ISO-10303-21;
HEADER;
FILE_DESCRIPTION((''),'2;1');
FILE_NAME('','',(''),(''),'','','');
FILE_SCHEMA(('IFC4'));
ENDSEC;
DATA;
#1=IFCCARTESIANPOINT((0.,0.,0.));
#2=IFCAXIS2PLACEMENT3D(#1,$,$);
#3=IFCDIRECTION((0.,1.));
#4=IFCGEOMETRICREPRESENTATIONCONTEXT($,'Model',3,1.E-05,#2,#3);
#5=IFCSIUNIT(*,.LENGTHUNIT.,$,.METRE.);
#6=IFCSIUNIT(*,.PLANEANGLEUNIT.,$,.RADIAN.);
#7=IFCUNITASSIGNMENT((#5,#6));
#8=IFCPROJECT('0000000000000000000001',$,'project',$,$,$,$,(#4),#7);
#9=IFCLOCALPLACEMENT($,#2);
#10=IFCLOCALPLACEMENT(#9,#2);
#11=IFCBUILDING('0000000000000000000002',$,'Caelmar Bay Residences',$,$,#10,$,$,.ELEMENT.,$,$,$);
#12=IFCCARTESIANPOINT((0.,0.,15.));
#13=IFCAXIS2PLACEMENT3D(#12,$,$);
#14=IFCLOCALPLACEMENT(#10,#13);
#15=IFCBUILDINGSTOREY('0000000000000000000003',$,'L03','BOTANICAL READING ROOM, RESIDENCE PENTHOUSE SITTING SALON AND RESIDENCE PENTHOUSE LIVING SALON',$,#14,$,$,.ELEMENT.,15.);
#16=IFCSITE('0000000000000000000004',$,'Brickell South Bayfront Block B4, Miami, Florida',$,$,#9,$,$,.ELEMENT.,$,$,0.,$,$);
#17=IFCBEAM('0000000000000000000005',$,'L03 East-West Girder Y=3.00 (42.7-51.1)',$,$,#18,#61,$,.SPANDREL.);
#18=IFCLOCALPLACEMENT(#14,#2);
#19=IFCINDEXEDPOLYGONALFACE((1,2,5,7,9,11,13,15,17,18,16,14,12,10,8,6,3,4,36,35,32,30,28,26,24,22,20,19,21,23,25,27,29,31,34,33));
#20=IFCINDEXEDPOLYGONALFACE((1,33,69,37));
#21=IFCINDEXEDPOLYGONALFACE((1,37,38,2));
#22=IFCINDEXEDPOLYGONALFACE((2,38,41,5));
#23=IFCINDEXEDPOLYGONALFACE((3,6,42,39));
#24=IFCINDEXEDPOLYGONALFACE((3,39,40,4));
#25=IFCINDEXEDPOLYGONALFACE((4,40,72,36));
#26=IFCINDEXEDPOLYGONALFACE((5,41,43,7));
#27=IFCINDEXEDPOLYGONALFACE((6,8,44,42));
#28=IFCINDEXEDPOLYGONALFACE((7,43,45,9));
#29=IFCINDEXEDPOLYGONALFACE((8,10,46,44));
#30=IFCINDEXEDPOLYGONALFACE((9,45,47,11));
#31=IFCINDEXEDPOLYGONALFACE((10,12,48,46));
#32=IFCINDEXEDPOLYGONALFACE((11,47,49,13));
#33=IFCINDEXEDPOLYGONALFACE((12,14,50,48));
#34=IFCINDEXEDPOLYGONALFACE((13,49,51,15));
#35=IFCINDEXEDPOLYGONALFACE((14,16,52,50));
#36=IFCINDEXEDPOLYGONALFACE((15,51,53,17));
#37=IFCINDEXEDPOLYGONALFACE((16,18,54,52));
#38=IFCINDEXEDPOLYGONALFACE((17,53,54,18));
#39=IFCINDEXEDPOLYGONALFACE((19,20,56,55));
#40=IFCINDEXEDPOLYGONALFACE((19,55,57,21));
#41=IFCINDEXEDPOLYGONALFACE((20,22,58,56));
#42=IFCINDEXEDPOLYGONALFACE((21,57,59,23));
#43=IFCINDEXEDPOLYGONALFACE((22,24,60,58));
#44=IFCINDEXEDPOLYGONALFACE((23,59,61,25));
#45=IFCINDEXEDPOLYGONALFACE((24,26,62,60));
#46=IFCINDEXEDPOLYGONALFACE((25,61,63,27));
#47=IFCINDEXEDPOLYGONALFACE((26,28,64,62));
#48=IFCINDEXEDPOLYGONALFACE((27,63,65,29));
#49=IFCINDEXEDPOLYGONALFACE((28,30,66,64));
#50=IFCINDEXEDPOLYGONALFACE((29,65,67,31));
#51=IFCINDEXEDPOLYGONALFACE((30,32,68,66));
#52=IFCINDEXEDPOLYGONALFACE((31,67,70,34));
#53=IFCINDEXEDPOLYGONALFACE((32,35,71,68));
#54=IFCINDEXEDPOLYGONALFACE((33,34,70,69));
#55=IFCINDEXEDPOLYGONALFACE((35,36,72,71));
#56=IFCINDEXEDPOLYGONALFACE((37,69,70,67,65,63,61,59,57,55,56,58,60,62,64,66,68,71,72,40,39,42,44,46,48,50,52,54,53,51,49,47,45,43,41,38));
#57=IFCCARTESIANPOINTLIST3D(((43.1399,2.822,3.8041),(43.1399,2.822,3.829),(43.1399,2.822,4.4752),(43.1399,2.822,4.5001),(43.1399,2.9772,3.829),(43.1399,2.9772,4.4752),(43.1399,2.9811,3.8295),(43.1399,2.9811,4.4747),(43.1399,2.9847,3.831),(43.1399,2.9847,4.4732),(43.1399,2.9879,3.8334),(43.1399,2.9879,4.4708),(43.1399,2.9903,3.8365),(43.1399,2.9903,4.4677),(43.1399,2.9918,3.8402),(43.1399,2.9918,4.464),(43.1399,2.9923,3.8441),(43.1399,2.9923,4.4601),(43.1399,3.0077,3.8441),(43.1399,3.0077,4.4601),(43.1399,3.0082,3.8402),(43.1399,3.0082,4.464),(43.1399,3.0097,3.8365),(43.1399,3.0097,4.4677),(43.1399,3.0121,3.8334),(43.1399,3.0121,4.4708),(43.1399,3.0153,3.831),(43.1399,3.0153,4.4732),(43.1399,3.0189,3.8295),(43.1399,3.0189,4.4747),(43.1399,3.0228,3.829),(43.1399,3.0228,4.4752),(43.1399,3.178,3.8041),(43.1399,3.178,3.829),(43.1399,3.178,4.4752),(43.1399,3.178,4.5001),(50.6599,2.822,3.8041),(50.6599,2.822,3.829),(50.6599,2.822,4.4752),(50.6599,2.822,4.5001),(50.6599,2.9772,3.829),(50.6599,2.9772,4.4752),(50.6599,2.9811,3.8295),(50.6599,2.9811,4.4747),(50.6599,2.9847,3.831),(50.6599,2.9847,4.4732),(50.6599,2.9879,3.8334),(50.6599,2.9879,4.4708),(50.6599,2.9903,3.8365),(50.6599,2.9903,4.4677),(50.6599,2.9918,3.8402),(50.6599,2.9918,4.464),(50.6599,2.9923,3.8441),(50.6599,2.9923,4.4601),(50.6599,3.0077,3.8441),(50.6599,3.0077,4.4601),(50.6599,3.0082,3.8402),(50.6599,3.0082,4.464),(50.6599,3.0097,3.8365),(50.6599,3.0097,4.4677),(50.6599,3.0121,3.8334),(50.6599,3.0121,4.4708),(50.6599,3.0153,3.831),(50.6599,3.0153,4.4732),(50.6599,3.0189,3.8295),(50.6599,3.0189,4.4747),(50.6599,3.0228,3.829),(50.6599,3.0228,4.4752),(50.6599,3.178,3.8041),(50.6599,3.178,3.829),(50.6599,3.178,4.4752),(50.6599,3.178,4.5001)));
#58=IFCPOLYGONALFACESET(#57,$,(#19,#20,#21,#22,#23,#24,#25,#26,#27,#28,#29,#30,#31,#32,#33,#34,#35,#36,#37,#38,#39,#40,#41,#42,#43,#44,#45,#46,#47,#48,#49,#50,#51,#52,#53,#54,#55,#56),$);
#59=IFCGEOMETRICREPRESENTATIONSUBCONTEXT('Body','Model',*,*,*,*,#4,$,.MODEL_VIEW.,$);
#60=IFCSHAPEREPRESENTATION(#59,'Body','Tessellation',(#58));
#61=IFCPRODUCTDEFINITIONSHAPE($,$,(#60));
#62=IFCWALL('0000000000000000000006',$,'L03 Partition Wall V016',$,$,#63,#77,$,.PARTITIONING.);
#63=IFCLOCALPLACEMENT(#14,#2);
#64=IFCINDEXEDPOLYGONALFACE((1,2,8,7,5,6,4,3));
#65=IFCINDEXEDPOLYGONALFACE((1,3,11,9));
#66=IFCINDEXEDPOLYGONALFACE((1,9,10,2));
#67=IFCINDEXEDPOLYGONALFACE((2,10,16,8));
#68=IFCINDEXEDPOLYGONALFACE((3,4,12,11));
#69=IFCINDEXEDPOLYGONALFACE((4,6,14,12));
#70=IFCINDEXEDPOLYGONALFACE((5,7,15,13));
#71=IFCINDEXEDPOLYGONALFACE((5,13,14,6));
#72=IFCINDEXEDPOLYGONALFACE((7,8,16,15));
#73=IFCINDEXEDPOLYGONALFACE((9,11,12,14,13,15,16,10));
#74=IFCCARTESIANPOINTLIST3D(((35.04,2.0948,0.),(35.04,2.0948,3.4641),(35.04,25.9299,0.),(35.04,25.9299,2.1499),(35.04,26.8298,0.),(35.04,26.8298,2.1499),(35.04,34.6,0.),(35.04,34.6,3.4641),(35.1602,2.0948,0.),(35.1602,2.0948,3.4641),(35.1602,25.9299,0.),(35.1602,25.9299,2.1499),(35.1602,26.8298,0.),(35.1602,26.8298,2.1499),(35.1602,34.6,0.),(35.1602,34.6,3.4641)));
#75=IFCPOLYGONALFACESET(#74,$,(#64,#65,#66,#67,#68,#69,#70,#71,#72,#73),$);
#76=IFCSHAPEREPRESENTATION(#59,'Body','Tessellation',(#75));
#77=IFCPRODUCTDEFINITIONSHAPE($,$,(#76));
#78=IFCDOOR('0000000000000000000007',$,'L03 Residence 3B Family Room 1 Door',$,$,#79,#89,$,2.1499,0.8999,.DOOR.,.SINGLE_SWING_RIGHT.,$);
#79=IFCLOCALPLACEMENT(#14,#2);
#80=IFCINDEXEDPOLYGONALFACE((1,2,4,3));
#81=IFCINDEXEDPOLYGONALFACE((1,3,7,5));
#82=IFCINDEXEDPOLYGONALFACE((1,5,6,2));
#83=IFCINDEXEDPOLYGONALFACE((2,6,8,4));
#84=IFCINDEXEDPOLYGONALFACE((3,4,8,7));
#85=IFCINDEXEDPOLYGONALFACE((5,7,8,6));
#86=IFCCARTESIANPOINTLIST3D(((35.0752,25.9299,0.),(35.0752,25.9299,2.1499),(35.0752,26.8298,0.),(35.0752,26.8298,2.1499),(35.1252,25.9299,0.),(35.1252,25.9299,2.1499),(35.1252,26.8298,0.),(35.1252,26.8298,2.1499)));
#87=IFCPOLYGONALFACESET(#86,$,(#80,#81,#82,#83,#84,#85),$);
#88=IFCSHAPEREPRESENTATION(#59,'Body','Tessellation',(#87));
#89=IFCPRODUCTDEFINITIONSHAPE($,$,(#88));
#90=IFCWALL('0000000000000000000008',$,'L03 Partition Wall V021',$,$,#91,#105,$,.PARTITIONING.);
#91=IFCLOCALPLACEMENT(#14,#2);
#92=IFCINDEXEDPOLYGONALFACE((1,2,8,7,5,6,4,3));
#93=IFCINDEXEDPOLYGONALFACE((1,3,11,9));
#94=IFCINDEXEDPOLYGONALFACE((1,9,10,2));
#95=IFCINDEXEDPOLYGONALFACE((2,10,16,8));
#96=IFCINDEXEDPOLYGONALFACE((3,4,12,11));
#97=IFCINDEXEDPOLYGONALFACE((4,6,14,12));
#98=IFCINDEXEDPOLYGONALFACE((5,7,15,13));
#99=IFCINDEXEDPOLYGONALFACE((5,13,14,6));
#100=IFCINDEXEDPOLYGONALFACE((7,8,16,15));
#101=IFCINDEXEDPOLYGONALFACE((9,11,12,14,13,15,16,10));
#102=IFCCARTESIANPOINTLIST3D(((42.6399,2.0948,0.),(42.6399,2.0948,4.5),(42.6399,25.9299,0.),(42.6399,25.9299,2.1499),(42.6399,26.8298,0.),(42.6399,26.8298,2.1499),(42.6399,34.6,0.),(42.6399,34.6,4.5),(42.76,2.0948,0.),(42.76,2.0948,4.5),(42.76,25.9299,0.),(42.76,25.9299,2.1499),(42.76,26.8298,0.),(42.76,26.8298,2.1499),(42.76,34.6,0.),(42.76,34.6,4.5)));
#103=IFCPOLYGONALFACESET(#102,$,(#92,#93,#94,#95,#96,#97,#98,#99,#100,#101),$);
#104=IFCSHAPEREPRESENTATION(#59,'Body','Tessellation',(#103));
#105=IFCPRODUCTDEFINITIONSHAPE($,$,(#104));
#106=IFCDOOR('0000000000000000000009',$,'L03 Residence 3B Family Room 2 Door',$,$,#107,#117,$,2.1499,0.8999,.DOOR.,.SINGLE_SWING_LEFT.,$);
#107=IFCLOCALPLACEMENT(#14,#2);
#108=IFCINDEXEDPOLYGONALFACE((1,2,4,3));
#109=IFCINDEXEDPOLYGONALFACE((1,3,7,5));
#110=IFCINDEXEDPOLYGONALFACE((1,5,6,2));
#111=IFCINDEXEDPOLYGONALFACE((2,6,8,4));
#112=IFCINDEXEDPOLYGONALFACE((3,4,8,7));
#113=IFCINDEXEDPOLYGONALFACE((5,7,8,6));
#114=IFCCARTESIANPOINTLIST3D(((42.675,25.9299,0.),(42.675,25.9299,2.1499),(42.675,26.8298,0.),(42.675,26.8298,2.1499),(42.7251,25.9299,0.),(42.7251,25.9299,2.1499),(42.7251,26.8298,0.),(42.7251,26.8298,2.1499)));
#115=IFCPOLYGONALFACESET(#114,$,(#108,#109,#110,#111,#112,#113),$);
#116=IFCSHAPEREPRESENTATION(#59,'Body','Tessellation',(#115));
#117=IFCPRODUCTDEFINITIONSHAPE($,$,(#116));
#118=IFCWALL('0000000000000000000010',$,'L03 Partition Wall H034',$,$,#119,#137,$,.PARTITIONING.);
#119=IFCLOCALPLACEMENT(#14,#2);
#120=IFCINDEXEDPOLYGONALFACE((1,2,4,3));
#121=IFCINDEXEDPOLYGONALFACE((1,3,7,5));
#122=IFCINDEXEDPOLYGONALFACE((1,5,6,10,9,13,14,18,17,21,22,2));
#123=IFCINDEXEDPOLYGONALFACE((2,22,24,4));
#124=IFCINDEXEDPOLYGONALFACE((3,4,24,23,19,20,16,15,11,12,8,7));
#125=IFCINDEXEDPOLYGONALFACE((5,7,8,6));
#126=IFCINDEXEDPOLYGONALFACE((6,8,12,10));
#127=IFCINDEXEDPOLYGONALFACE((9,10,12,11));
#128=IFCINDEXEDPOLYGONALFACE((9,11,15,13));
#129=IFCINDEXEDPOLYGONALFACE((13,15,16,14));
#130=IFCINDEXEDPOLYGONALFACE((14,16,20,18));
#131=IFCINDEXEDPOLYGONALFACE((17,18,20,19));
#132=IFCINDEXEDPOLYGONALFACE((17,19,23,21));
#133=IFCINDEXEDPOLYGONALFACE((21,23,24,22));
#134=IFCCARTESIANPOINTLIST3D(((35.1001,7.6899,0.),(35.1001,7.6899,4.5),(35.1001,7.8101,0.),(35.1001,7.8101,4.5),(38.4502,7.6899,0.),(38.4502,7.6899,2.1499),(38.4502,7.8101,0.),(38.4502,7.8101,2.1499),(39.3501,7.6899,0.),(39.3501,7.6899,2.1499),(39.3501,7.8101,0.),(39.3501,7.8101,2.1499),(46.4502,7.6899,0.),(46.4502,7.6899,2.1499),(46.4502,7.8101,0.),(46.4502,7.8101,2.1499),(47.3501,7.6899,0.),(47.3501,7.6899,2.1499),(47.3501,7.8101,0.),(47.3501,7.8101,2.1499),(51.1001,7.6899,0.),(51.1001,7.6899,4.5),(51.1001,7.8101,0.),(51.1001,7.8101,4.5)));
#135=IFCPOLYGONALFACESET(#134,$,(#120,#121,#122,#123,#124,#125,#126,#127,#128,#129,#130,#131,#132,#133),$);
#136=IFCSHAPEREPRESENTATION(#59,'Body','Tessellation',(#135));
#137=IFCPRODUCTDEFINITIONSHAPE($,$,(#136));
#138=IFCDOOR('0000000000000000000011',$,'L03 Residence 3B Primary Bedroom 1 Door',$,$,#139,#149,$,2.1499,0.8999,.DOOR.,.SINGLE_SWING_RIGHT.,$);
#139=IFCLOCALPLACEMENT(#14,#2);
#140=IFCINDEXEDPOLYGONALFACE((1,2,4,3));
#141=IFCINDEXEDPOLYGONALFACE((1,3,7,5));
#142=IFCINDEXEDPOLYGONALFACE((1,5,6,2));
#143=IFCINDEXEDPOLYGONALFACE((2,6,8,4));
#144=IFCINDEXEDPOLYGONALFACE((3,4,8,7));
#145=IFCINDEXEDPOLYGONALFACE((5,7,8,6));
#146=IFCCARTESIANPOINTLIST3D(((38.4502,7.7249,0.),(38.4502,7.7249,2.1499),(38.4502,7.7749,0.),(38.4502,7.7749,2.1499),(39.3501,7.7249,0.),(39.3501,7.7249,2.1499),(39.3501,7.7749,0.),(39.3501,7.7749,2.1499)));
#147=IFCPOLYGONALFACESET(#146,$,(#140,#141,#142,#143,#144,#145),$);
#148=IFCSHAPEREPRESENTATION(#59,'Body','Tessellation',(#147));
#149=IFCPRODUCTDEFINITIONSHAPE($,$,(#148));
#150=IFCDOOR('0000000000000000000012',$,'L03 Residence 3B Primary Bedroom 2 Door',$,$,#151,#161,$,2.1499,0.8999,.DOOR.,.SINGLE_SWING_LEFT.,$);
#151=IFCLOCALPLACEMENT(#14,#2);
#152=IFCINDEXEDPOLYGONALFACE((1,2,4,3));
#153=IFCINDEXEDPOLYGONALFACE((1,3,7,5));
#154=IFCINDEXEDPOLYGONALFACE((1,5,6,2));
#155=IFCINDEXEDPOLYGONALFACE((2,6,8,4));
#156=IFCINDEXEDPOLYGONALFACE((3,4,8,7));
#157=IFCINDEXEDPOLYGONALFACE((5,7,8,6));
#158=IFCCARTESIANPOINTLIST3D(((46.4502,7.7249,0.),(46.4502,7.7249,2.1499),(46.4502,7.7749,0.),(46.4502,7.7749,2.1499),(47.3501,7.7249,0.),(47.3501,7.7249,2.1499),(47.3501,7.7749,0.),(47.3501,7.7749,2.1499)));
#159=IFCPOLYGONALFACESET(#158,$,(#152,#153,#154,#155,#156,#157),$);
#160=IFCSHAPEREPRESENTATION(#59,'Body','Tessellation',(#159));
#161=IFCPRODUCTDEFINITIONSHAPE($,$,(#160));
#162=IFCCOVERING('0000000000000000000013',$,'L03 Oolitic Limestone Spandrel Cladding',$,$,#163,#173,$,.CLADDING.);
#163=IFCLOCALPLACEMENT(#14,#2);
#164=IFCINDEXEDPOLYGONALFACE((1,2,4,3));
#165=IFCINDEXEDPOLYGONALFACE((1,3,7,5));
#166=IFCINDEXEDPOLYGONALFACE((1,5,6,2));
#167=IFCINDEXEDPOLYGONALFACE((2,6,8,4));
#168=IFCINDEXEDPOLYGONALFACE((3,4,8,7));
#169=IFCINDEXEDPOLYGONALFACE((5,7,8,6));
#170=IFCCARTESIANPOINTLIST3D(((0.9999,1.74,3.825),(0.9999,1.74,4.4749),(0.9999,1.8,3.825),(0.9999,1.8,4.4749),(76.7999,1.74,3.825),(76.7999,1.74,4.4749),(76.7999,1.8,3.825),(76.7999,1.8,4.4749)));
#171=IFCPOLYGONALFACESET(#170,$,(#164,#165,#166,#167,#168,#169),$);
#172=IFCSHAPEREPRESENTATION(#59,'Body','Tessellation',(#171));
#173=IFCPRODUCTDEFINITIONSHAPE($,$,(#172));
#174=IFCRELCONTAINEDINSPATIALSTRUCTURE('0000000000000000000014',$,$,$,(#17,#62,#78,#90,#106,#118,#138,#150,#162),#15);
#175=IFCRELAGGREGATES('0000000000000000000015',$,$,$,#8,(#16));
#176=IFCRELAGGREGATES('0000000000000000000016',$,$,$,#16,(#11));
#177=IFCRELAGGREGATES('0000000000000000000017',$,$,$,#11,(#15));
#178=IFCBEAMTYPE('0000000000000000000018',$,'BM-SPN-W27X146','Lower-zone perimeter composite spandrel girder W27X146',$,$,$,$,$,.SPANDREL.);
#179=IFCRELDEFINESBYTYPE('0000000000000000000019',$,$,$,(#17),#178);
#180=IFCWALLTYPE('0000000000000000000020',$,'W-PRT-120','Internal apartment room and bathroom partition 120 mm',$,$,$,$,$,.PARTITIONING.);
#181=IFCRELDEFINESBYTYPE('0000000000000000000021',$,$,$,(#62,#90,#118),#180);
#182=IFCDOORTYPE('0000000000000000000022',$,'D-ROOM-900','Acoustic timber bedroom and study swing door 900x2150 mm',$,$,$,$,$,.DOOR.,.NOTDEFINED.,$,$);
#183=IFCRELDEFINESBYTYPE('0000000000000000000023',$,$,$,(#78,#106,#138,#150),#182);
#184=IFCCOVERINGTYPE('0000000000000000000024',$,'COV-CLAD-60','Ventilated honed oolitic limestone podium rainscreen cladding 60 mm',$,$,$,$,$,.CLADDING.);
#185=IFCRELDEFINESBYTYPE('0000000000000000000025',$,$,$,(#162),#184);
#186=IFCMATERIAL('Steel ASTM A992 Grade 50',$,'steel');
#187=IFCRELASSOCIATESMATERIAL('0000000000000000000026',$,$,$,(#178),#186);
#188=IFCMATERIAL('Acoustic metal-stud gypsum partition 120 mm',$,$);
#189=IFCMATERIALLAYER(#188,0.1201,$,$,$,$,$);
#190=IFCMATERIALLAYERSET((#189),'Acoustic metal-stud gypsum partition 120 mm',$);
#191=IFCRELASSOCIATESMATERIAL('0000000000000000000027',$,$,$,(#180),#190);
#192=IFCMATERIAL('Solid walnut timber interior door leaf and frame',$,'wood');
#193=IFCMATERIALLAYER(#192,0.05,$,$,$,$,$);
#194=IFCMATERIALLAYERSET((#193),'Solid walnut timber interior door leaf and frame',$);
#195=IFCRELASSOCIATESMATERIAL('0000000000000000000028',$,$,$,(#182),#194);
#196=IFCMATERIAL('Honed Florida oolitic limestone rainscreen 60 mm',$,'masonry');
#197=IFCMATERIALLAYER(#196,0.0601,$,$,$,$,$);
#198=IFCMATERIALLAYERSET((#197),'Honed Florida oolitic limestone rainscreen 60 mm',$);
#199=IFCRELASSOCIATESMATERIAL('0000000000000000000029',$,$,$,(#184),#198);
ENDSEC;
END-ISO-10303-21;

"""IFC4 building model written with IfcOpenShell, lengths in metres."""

from ifc_helpers import new_model, si_unit, direction, frame, frame_2d, origin, origin_2d, place, context, subcontext, project, spatial, rectangle, i_section, extrude, material, layer, layer_set, material_profile, profile_set, type_object, element, fill, save


model = new_model("IFC4")

# Units and contexts
model_context = context("Model", 3, precision=1e-05, world=origin(), true_north=direction((0.0, 1.0)))
body_context = subcontext(model_context, "Body", "Model", "MODEL_VIEW")
ifc_project = project(units=[si_unit("LENGTHUNIT", "METRE"), si_unit("PLANEANGLEUNIT", "RADIAN")], contexts=[model_context])

# Site, building, storey
site_placement = place(None, origin())
site = spatial("IfcSite", under=ifc_project, at=site_placement, Name="Brickell South Bayfront Block B4, Miami, Florida", CompositionType="ELEMENT", RefElevation=0.0)
building_placement = place(site_placement, origin())
building = spatial("IfcBuilding", under=site, at=building_placement, Name="Caelmar Bay Residences", CompositionType="ELEMENT")
storey_placement = place(building_placement, frame((0.0, 0.0, 15.0)))
storey = spatial("IfcBuildingStorey", under=building, at=storey_placement, Name="L03", Description="BOTANICAL READING ROOM, RESIDENCE PENTHOUSE SITTING SALON AND RESIDENCE PENTHOUSE LIVING SALON", CompositionType="ELEMENT", Elevation=15.0)

# Beam
ifc_material_1 = material(Name="Steel ASTM A992 Grade 50", Category="steel")
ifc_material_profile_1 = material_profile(ifc_material_1, i_section(OverallWidth=0.356, OverallDepth=0.696, WebThickness=0.0154, FlangeThickness=0.0249, FilletRadius=0.0151, at=origin_2d()), Name="W27X146")
ifc_profile_set_1 = profile_set([ifc_material_profile_1], Name="Steel ASTM A992 Grade 50")
beam_type_1 = type_object("IfcBeamType", Name="BM-SPN-W27X146", Description="Lower-zone perimeter composite spandrel girder W27X146", PredefinedType="SPANDREL", material=ifc_profile_set_1)
beam_1_placement = place(storey_placement, frame((43.1399, 3.0, 4.1521), z_axis=(1.0, 0.0, 0.0), x_axis=(0.0, 1.0, 0.0)))
element("IfcBeam", 1, at=beam_1_placement, inside=storey, type_object=beam_type_1, Name="L03 East-West Girder Y=3.00 (42.7-51.1)", PredefinedType="SPANDREL", context=body_context, shape_type="SweptSolid", body=[
    extrude(i_section(OverallWidth=0.356, OverallDepth=0.696, WebThickness=0.0154, FlangeThickness=0.0249, FilletRadius=0.0151, at=origin_2d()), origin(), (0.0, 0.0, 1.0), 7.52),
])

# Walls, openings, doors
ifc_material_2 = material(Name="Acoustic metal-stud gypsum partition 120 mm")
ifc_layer_1 = layer(ifc_material_2, 0.1201)
ifc_layer_set_1 = layer_set([ifc_layer_1], Name="Acoustic metal-stud gypsum partition 120 mm")
wall_type = type_object("IfcWallType", Name="W-PRT-120", Description="Internal apartment room and bathroom partition 120 mm", PredefinedType="PARTITIONING", material=ifc_layer_set_1)
wall_1_placement = place(storey_placement, frame((35.1001, 2.095, 0.0), z_axis=(0.0, 0.0, 1.0), x_axis=(0.0, 1.0, 0.0)))
wall_1 = element("IfcWall", 2, at=wall_1_placement, inside=storey, type_object=wall_type, Name="L03 Partition Wall V016", PredefinedType="PARTITIONING", context=body_context, shape_type="SweptSolid", body=[
    extrude(rectangle(XDim=32.5051, YDim=0.1201, at=frame_2d((16.2524, 0.0))), origin(), (0.0, 0.0, 1.0), 3.4641),
])
opening_1_placement = place(wall_1_placement, frame((23.835, 0.0, 0.0)))
opening_1 = element("IfcOpeningElement", 3, at=opening_1_placement, cuts=wall_1, PredefinedType="OPENING", context=body_context, shape_type="SweptSolid", body=[
    extrude(rectangle(XDim=0.8999, YDim=2.1499, at=frame_2d((0.45, 1.075))), frame((0.0, 0.0701, 0.0), z_axis=(0.0, -1.0, 0.0), x_axis=(1.0, 0.0, 0.0)), (0.0, 0.0, 1.0), 0.1401),
])
ifc_material_3 = material(Name="Solid walnut timber interior door leaf and frame", Category="wood")
ifc_layer_2 = layer(ifc_material_3, 0.05)
ifc_layer_set_2 = layer_set([ifc_layer_2], Name="Solid walnut timber interior door leaf and frame")
door_type = type_object("IfcDoorType", Name="D-ROOM-900", Description="Acoustic timber bedroom and study swing door 900x2150 mm", OperationType="NOTDEFINED", PredefinedType="DOOR", material=ifc_layer_set_2)
door_1_placement = place(opening_1_placement, origin())
door_1 = element("IfcDoor", 4, at=door_1_placement, inside=storey, type_object=door_type, Name="L03 Residence 3B Family Room 1 Door", OperationType="SINGLE_SWING_RIGHT", OverallHeight=2.1499, OverallWidth=0.8999, PredefinedType="DOOR", context=body_context, shape_type="SweptSolid", body=[
    extrude(rectangle(XDim=0.8999, YDim=2.1499, at=frame_2d((0.45, 1.075))), frame((0.0, 0.0249, 0.0), z_axis=(0.0, -1.0, 0.0), x_axis=(1.0, 0.0, 0.0)), (0.0, 0.0, 1.0), 0.05),
])
fill(opening_1, door_1)
wall_2_placement = place(storey_placement, frame((42.7, 2.095, 0.0), z_axis=(0.0, 0.0, 1.0), x_axis=(0.0, 1.0, 0.0)))
wall_2 = element("IfcWall", 5, at=wall_2_placement, inside=storey, type_object=wall_type, Name="L03 Partition Wall V021", PredefinedType="PARTITIONING", context=body_context, shape_type="SweptSolid", body=[
    extrude(rectangle(XDim=32.5051, YDim=0.1201, at=frame_2d((16.2524, 0.0))), origin(), (0.0, 0.0, 1.0), 4.5),
])
opening_2_placement = place(wall_2_placement, frame((23.835, 0.0, 0.0)))
opening_2 = element("IfcOpeningElement", 6, at=opening_2_placement, cuts=wall_2, PredefinedType="OPENING", context=body_context, shape_type="SweptSolid", body=[
    extrude(rectangle(XDim=0.8999, YDim=2.1499, at=frame_2d((0.45, 1.075))), frame((0.0, 0.0701, 0.0), z_axis=(0.0, -1.0, 0.0), x_axis=(1.0, 0.0, 0.0)), (0.0, 0.0, 1.0), 0.1401),
])
door_2_placement = place(opening_2_placement, origin())
door_2 = element("IfcDoor", 7, at=door_2_placement, inside=storey, type_object=door_type, Name="L03 Residence 3B Family Room 2 Door", OperationType="SINGLE_SWING_LEFT", OverallHeight=2.1499, OverallWidth=0.8999, PredefinedType="DOOR", context=body_context, shape_type="SweptSolid", body=[
    extrude(rectangle(XDim=0.8999, YDim=2.1499, at=frame_2d((0.45, 1.075))), frame((0.0, 0.0249, 0.0), z_axis=(0.0, -1.0, 0.0), x_axis=(1.0, 0.0, 0.0)), (0.0, 0.0, 1.0), 0.05),
])
fill(opening_2, door_2)

# Wall, openings, doors
wall_3_placement = place(storey_placement, frame((35.1001, 7.75, 0.0), z_axis=(0.0, 0.0, 1.0), x_axis=(1.0, 0.0, 0.0)))
wall_3 = element("IfcWall", 8, at=wall_3_placement, inside=storey, type_object=wall_type, Name="L03 Partition Wall H034", PredefinedType="PARTITIONING", context=body_context, shape_type="SweptSolid", body=[
    extrude(rectangle(XDim=16.0, YDim=0.1201, at=frame_2d((8.0, 0.0))), origin(), (0.0, 0.0, 1.0), 4.5),
])
opening_3_placement = place(wall_3_placement, frame((3.3501, 0.0, 0.0)))
opening_3 = element("IfcOpeningElement", 9, at=opening_3_placement, cuts=wall_3, PredefinedType="OPENING", context=body_context, shape_type="SweptSolid", body=[
    extrude(rectangle(XDim=0.8999, YDim=2.1499, at=frame_2d((0.45, 1.075))), frame((0.0, 0.0701, 0.0), z_axis=(0.0, -1.0, 0.0), x_axis=(1.0, 0.0, 0.0)), (0.0, 0.0, 1.0), 0.1401),
])
opening_4_placement = place(wall_3_placement, frame((11.3501, 0.0, 0.0)))
opening_4 = element("IfcOpeningElement", 10, at=opening_4_placement, cuts=wall_3, PredefinedType="OPENING", context=body_context, shape_type="SweptSolid", body=[
    extrude(rectangle(XDim=0.8999, YDim=2.1499, at=frame_2d((0.45, 1.075))), frame((0.0, 0.0701, 0.0), z_axis=(0.0, -1.0, 0.0), x_axis=(1.0, 0.0, 0.0)), (0.0, 0.0, 1.0), 0.1401),
])
door_3_placement = place(opening_3_placement, origin())
door_3 = element("IfcDoor", 11, at=door_3_placement, inside=storey, type_object=door_type, Name="L03 Residence 3B Primary Bedroom 1 Door", OperationType="SINGLE_SWING_RIGHT", OverallHeight=2.1499, OverallWidth=0.8999, PredefinedType="DOOR", context=body_context, shape_type="SweptSolid", body=[
    extrude(rectangle(XDim=0.8999, YDim=2.1499, at=frame_2d((0.45, 1.075))), frame((0.0, 0.0249, 0.0), z_axis=(0.0, -1.0, 0.0), x_axis=(1.0, 0.0, 0.0)), (0.0, 0.0, 1.0), 0.05),
])
fill(opening_3, door_3)
door_4_placement = place(opening_4_placement, origin())
door_4 = element("IfcDoor", 12, at=door_4_placement, inside=storey, type_object=door_type, Name="L03 Residence 3B Primary Bedroom 2 Door", OperationType="SINGLE_SWING_LEFT", OverallHeight=2.1499, OverallWidth=0.8999, PredefinedType="DOOR", context=body_context, shape_type="SweptSolid", body=[
    extrude(rectangle(XDim=0.8999, YDim=2.1499, at=frame_2d((0.45, 1.075))), frame((0.0, 0.0249, 0.0), z_axis=(0.0, -1.0, 0.0), x_axis=(1.0, 0.0, 0.0)), (0.0, 0.0, 1.0), 0.05),
])
fill(opening_4, door_4)

# Covering
ifc_material_4 = material(Name="Honed Florida oolitic limestone rainscreen 60 mm", Category="masonry")
ifc_layer_3 = layer(ifc_material_4, 0.0601)
ifc_layer_set_3 = layer_set([ifc_layer_3], Name="Honed Florida oolitic limestone rainscreen 60 mm")
covering_type = type_object("IfcCoveringType", Name="COV-CLAD-60", Description="Ventilated honed oolitic limestone podium rainscreen cladding 60 mm", PredefinedType="CLADDING", material=ifc_layer_set_3)
covering_placement = place(storey_placement, frame((38.8999, 1.77, 3.825), z_axis=(0.0, 0.0, 1.0), x_axis=(1.0, 0.0, 0.0)))
element("IfcCovering", 13, at=covering_placement, inside=storey, type_object=covering_type, Name="L03 Oolitic Limestone Spandrel Cladding", PredefinedType="CLADDING", context=body_context, shape_type="SweptSolid", body=[
    extrude(rectangle(XDim=75.8, YDim=0.0601, at=origin_2d()), origin(), (0.0, 0.0, 1.0), 0.6499),
])

save(model, "model.ifc")
